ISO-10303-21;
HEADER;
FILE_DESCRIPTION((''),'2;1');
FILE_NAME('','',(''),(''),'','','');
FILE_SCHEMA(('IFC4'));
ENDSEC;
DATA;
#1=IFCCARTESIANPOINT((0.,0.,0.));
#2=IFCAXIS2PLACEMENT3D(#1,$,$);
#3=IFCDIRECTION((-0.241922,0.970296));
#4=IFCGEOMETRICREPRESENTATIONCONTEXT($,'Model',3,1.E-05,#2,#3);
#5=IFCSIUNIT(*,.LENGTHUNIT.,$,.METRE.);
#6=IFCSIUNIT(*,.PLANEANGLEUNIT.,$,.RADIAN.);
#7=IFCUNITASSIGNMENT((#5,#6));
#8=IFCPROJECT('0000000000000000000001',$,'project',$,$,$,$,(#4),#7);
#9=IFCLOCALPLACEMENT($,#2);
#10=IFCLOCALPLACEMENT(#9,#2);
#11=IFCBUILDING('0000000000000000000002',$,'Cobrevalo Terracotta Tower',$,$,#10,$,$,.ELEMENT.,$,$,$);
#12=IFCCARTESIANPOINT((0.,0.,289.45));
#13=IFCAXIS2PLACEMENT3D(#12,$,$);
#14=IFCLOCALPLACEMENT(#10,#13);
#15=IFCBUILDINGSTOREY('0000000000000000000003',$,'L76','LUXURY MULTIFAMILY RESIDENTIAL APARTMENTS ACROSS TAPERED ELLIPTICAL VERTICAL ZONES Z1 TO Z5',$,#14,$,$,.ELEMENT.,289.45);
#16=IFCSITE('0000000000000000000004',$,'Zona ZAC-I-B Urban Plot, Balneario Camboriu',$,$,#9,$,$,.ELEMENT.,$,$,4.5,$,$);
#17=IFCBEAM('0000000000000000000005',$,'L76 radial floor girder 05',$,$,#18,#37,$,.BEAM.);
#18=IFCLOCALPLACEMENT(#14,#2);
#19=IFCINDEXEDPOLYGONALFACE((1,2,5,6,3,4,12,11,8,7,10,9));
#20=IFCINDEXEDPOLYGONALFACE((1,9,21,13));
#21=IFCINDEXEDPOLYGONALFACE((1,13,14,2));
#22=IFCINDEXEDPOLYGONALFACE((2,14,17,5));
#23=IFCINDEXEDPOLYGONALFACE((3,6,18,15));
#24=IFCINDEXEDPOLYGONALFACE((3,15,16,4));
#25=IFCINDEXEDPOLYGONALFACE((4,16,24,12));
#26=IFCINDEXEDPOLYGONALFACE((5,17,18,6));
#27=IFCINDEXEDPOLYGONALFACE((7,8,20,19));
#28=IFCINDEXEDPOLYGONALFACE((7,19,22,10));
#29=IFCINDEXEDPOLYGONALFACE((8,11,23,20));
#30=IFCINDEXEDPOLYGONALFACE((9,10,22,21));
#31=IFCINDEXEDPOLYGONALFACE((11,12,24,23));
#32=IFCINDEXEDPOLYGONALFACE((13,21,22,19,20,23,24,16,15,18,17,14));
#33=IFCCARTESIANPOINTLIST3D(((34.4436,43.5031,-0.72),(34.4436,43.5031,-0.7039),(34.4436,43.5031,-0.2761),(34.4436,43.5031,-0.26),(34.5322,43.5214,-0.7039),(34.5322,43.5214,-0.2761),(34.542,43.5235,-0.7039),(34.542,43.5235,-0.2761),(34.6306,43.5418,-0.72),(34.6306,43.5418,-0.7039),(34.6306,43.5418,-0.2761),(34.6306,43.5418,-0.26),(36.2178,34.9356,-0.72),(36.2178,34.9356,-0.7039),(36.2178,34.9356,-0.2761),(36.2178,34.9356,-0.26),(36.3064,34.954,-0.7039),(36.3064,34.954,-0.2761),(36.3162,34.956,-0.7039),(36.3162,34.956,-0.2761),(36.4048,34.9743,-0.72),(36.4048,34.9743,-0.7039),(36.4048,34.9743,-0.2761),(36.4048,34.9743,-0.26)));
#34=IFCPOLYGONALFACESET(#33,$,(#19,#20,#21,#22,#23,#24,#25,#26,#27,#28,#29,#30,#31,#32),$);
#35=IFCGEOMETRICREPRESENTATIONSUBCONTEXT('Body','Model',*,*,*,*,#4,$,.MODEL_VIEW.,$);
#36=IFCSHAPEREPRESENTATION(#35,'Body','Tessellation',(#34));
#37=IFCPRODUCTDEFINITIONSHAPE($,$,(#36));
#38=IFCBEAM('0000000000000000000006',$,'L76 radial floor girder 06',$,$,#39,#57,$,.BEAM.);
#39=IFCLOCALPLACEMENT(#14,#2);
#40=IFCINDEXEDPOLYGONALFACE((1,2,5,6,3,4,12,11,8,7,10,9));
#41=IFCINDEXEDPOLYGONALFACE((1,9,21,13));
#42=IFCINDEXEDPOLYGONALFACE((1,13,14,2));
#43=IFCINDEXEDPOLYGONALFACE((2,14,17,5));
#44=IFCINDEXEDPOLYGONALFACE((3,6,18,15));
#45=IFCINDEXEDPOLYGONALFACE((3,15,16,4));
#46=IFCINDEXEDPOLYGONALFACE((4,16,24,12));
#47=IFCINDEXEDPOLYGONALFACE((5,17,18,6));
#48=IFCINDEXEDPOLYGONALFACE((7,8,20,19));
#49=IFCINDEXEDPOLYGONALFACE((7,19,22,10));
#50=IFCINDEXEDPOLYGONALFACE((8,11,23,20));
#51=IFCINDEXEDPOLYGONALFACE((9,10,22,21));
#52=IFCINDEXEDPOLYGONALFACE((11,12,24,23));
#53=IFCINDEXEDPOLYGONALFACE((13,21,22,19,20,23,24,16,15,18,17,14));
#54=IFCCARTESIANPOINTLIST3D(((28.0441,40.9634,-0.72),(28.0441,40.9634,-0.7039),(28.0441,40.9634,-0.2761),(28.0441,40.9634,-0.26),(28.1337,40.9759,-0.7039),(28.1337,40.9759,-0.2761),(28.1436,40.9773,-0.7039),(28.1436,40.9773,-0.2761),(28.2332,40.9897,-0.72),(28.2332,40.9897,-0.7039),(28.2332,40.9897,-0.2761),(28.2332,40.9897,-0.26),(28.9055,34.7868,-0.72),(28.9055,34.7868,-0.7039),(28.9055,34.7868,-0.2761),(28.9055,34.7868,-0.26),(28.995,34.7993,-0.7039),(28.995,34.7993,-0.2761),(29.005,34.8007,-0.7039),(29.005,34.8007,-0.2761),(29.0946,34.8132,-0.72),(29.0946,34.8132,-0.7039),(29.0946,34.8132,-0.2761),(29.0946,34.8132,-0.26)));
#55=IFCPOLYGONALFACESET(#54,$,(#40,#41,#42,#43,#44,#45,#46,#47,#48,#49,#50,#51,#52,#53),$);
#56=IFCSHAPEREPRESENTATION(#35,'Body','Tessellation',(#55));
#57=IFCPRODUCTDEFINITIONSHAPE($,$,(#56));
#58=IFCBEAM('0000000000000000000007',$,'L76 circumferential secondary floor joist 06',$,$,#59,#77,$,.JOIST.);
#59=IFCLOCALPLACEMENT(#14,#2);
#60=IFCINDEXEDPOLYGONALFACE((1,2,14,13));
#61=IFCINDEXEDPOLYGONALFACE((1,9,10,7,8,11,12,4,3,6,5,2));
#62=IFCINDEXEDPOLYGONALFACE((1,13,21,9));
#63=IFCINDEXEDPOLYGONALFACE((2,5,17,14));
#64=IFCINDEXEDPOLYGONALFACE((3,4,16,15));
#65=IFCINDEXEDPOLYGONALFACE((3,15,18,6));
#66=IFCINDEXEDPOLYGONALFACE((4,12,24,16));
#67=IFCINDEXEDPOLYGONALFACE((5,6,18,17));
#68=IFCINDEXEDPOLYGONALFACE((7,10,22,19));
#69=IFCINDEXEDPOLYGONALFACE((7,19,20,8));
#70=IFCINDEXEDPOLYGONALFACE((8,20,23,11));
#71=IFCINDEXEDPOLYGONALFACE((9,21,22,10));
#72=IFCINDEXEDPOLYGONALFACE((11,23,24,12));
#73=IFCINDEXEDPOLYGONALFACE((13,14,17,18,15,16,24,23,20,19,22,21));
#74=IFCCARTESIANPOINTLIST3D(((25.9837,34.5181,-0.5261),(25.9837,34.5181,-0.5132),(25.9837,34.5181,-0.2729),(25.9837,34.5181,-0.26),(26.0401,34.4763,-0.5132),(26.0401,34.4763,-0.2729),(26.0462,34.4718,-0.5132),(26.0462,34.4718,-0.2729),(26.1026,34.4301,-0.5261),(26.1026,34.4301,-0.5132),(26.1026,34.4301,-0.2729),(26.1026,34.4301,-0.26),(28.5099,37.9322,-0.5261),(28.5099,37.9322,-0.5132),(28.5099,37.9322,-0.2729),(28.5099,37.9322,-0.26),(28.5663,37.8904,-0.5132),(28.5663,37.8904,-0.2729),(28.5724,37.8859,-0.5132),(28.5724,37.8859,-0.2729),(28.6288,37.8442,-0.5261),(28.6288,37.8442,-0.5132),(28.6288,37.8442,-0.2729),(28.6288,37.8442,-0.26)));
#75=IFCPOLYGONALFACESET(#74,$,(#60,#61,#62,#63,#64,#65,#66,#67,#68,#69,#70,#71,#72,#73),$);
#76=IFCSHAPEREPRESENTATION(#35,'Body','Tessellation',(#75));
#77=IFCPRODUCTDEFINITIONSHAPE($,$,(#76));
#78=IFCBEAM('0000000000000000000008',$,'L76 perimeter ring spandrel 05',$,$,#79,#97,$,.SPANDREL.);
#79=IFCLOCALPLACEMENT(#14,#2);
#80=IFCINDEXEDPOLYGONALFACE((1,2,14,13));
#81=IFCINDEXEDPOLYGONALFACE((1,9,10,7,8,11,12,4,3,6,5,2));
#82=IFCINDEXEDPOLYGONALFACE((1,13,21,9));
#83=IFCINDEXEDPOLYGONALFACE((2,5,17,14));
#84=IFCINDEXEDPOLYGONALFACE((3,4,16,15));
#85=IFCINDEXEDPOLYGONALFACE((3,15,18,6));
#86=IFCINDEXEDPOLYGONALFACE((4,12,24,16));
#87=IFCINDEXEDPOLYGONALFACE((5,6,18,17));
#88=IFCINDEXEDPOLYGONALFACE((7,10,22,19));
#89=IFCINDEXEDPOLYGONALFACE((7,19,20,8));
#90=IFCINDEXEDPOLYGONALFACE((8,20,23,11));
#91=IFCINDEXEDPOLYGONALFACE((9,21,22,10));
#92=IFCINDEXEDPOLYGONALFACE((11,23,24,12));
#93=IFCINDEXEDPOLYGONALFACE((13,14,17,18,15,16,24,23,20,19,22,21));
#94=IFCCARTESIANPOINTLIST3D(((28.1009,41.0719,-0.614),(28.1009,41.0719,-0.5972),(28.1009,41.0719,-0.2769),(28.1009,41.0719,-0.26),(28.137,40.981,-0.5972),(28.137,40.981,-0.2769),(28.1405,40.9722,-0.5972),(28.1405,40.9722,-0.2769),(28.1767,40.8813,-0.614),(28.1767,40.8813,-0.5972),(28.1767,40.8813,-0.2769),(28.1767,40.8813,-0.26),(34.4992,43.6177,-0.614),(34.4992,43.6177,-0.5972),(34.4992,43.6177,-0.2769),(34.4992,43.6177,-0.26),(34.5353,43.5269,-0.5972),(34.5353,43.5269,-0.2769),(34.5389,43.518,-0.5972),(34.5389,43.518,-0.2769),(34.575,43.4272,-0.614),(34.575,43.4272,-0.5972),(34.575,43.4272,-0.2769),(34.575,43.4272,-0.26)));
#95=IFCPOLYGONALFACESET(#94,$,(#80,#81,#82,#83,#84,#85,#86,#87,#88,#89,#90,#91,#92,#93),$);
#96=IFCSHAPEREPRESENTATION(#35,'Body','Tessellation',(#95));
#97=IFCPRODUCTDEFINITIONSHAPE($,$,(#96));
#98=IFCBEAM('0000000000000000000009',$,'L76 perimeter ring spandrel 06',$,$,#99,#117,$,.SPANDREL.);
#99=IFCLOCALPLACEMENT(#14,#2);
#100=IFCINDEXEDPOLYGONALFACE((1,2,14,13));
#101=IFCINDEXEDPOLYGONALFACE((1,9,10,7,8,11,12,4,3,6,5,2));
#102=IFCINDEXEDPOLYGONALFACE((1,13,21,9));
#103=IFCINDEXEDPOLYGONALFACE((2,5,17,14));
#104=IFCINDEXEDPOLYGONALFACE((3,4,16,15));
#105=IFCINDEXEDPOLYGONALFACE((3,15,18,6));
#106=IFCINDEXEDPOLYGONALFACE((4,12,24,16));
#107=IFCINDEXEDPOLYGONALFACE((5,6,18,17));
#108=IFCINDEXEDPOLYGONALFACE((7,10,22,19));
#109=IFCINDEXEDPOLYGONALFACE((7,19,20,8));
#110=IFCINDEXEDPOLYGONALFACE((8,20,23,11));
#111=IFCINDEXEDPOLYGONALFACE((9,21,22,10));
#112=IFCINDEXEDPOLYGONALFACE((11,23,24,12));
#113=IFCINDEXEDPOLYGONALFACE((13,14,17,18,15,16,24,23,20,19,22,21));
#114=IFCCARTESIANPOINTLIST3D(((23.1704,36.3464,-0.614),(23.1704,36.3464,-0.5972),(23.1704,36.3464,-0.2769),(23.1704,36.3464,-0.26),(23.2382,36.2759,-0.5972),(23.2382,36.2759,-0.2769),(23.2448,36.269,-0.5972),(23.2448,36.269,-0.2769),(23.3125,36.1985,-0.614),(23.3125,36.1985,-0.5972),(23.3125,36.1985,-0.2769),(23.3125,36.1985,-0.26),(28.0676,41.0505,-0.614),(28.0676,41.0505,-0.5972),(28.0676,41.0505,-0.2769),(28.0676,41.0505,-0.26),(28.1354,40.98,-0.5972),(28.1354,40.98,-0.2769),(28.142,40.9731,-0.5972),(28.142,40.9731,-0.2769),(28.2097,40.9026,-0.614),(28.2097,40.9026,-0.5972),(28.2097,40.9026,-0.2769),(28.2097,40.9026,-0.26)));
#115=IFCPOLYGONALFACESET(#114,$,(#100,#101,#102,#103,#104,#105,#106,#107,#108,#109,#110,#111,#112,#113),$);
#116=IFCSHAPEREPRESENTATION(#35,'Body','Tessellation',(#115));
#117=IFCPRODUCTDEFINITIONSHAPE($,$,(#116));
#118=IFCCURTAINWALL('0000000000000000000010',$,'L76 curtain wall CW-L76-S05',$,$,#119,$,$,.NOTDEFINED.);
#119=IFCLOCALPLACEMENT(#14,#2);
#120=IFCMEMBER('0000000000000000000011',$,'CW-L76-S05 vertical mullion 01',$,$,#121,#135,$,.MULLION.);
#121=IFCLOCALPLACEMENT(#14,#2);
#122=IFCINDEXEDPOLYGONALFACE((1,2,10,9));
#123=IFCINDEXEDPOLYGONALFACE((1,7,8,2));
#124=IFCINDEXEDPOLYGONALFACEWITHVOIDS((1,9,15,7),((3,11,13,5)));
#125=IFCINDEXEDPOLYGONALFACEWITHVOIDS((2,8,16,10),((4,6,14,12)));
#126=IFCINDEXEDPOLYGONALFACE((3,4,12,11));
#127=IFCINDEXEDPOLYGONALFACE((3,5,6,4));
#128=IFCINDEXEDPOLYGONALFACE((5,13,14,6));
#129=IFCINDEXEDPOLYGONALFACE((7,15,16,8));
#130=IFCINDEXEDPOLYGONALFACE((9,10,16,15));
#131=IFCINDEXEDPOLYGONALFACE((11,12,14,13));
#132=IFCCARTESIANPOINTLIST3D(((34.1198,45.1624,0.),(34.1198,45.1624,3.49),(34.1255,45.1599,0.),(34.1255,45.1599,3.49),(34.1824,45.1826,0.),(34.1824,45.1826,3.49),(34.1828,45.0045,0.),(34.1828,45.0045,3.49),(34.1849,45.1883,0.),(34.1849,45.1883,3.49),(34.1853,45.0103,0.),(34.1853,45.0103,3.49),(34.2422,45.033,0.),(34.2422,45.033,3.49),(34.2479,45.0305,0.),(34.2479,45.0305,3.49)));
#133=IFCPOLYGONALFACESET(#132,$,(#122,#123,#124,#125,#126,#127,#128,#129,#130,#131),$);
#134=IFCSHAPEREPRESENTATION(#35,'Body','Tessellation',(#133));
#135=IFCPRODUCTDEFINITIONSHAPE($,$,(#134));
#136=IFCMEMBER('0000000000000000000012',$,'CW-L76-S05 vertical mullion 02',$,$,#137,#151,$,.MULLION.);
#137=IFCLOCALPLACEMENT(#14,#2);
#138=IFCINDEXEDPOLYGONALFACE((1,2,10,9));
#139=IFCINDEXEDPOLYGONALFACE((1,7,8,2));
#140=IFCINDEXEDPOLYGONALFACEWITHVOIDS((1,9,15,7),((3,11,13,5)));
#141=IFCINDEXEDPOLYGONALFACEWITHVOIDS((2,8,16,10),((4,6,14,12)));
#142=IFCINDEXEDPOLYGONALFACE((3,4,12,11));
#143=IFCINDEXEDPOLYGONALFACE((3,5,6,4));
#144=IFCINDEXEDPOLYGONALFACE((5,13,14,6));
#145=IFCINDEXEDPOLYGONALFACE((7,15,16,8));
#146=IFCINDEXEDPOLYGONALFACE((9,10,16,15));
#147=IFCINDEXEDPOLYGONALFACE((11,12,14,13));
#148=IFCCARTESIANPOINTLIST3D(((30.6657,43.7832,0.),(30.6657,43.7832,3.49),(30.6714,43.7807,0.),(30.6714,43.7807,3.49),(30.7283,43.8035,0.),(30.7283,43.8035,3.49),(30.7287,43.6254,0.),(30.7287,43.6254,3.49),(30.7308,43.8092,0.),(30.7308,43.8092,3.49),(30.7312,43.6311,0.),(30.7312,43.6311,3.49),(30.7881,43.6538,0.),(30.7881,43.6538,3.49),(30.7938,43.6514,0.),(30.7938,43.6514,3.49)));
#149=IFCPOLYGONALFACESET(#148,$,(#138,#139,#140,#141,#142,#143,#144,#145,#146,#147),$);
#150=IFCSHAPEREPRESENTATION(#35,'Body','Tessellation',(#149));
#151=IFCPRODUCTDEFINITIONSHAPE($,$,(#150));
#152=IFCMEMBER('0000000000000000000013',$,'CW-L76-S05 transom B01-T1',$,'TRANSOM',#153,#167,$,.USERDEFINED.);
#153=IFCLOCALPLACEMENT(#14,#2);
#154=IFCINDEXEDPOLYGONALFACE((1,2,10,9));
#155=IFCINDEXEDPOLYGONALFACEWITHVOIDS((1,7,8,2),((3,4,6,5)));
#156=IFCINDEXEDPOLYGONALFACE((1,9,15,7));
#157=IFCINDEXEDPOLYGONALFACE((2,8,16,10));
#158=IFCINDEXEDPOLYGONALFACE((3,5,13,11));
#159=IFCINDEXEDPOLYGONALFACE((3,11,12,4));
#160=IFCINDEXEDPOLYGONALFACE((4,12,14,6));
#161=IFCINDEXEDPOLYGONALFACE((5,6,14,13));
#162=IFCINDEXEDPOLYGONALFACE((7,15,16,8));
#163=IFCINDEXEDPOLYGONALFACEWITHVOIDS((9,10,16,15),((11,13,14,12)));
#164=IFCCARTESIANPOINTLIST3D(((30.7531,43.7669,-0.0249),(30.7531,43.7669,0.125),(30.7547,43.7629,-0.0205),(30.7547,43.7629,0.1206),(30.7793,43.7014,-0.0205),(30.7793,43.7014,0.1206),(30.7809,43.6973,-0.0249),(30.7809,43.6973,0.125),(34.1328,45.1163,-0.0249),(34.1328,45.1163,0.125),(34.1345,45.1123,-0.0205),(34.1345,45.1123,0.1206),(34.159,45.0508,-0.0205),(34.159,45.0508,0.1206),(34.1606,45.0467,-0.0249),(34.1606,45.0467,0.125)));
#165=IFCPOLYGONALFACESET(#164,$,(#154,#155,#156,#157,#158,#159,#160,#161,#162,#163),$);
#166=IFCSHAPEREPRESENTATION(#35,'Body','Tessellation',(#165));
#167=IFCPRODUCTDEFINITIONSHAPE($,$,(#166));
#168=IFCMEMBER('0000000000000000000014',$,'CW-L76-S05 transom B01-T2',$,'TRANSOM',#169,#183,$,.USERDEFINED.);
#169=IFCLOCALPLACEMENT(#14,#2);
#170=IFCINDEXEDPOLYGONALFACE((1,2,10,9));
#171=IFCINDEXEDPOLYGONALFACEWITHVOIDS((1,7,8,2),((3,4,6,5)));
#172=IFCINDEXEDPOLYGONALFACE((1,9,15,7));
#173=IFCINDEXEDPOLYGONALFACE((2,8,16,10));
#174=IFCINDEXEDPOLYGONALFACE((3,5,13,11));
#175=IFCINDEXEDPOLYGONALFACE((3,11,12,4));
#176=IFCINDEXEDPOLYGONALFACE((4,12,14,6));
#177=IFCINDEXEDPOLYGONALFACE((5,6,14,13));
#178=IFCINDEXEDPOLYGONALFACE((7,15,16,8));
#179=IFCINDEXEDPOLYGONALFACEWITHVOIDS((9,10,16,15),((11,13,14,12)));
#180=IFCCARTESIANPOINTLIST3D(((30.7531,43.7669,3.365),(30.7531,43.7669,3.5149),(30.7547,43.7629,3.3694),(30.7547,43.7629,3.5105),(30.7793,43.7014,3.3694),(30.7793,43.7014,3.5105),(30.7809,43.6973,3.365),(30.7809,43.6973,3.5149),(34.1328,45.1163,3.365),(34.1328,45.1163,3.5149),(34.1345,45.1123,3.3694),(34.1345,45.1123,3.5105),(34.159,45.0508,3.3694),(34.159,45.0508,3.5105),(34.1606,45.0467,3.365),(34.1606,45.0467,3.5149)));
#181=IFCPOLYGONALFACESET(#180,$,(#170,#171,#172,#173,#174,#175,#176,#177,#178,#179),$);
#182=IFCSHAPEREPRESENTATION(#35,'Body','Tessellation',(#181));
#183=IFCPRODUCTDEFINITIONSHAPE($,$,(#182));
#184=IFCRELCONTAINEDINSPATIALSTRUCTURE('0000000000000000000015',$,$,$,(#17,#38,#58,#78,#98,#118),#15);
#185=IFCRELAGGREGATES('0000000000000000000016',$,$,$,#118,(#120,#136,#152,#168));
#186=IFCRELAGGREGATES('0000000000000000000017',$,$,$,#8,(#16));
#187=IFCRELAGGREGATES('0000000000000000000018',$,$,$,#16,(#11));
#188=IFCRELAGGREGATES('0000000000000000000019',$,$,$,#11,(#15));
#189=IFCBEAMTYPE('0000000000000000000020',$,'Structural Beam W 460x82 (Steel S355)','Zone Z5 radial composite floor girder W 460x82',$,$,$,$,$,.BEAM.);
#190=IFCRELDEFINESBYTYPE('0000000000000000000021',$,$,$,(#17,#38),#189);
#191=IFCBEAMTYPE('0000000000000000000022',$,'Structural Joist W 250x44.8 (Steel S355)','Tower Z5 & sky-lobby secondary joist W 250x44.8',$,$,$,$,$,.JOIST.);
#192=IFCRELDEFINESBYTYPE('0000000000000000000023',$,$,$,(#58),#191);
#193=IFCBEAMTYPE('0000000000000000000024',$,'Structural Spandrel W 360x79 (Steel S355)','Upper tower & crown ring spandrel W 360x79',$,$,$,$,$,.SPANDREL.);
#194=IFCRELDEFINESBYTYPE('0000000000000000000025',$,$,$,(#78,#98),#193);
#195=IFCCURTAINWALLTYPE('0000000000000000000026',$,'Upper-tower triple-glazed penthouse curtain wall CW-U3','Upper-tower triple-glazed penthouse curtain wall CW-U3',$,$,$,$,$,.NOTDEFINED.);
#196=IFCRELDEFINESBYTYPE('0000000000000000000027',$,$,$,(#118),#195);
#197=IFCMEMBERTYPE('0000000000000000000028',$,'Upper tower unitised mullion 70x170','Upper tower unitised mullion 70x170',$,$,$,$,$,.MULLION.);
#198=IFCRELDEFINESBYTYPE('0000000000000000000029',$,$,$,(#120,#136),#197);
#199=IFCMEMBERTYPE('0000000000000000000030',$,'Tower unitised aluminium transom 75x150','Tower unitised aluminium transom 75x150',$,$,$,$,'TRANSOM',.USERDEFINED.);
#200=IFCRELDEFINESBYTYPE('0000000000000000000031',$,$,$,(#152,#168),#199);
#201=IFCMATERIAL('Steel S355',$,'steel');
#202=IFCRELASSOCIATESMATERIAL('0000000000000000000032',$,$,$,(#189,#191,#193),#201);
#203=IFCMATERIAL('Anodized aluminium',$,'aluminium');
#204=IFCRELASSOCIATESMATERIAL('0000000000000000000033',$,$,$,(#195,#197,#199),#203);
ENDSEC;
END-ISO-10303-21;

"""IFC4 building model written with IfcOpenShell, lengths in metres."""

from ifc_helpers import new_model, si_unit, direction, frame, origin, origin_2d, place, context, subcontext, project, spatial, hollow_rectangle, i_section, extrude, source, transform, mapped, material, material_profile, profile_set, type_object, element, aggregate, save


model = new_model("IFC4")

# Units and contexts
model_context = context("Model", 3, precision=1e-05, world=origin(), true_north=direction((-0.241922, 0.970296)))
body_context = subcontext(model_context, "Body", "Model", "MODEL_VIEW")
ifc_project = project(units=[si_unit("LENGTHUNIT", "METRE"), si_unit("PLANEANGLEUNIT", "RADIAN")], contexts=[model_context])

# Site, building, storey
site_placement = place(None, origin())
site = spatial("IfcSite", under=ifc_project, at=site_placement, Name="Zona ZAC-I-B Urban Plot, Balneario Camboriu", CompositionType="ELEMENT", RefElevation=4.5)
building_placement = place(site_placement, origin())
building = spatial("IfcBuilding", under=site, at=building_placement, Name="Cobrevalo Terracotta Tower", CompositionType="ELEMENT")
storey_placement = place(building_placement, frame((0.0, 0.0, 289.45)))
storey = spatial("IfcBuildingStorey", under=building, at=storey_placement, Name="L76", Description="LUXURY MULTIFAMILY RESIDENTIAL APARTMENTS ACROSS TAPERED ELLIPTICAL VERTICAL ZONES Z1 TO Z5", CompositionType="ELEMENT", Elevation=289.45)

# Shared definitions
ifc_material_1 = material(Name="Steel S355", Category="steel")

# Beams
ifc_material_profile_1 = material_profile(ifc_material_1, i_section(OverallWidth=0.1909, OverallDepth=0.46, WebThickness=0.01, FlangeThickness=0.0161, at=origin_2d()), Name="W 460x82")
ifc_profile_set_1 = profile_set([ifc_material_profile_1], Name="Steel S355")
beam_type_1 = type_object("IfcBeamType", Name="Structural Beam W 460x82 (Steel S355)", Description="Zone Z5 radial composite floor girder W 460x82", PredefinedType="BEAM", material=ifc_profile_set_1)
beam_1_placement = place(storey_placement, frame((34.5371, 43.5225, -0.49), z_axis=(0.202782, -0.979224, 0.0), x_axis=(0.979224, 0.202782, 0.0)))
element("IfcBeam", 1, at=beam_1_placement, inside=storey, type_object=beam_type_1, Name="L76 radial floor girder 05", PredefinedType="BEAM", context=body_context, shape_type="SweptSolid", body=[
    extrude(i_section(OverallWidth=0.1909, OverallDepth=0.46, WebThickness=0.01, FlangeThickness=0.0161, at=origin_2d()), origin(), (0.0, 0.0, 1.0), 8.7493),
])
beam_2_placement = place(storey_placement, frame((28.1387, 40.9766, -0.49), z_axis=(0.138116, -0.990416, 0.0), x_axis=(0.990416, 0.138116, 0.0)))
element("IfcBeam", 2, at=beam_2_placement, inside=storey, type_object=beam_type_1, Name="L76 radial floor girder 06", PredefinedType="BEAM", context=body_context, shape_type="SweptSolid", body=[
    extrude(i_section(OverallWidth=0.1909, OverallDepth=0.46, WebThickness=0.01, FlangeThickness=0.0161, at=origin_2d()), origin(), (0.0, 0.0, 1.0), 6.2363),
])
ifc_material_profile_2 = material_profile(ifc_material_1, i_section(OverallWidth=0.1479, OverallDepth=0.2661, WebThickness=0.0076, FlangeThickness=0.0129, at=origin_2d()), Name="W 250x44.8")
ifc_profile_set_2 = profile_set([ifc_material_profile_2], Name="Steel S355")
beam_type_2 = type_object("IfcBeamType", Name="Structural Joist W 250x44.8 (Steel S355)", Description="Tower Z5 & sky-lobby secondary joist W 250x44.8", PredefinedType="JOIST", material=ifc_profile_set_2)
beam_3_placement = place(storey_placement, frame((28.5693, 37.8882, -0.3931), z_axis=(-0.5948, -0.803874, 0.0), x_axis=(0.803874, -0.5948, 0.0)))
element("IfcBeam", 3, at=beam_3_placement, inside=storey, type_object=beam_type_2, Name="L76 circumferential secondary floor joist 06", PredefinedType="JOIST", context=body_context, shape_type="SweptSolid", body=[
    extrude(i_section(OverallWidth=0.1479, OverallDepth=0.2661, WebThickness=0.0076, FlangeThickness=0.0129, at=origin_2d()), origin(), (0.0, 0.0, 1.0), 4.2471),
])
ifc_material_profile_3 = material_profile(ifc_material_1, i_section(OverallWidth=0.2051, OverallDepth=0.354, WebThickness=0.0095, FlangeThickness=0.0168, at=origin_2d()), Name="W 360x79")
ifc_profile_set_3 = profile_set([ifc_material_profile_3], Name="Steel S355")
beam_type_3 = type_object("IfcBeamType", Name="Structural Spandrel W 360x79 (Steel S355)", Description="Upper tower & crown ring spandrel W 360x79", PredefinedType="SPANDREL", material=ifc_profile_set_3)
beam_4_placement = place(storey_placement, frame((34.5371, 43.5225, -0.437), z_axis=(-0.92915, -0.369703, 0.0), x_axis=(0.369703, -0.92915, 0.0)))
element("IfcBeam", 4, at=beam_4_placement, inside=storey, type_object=beam_type_3, Name="L76 perimeter ring spandrel 05", PredefinedType="SPANDREL", context=body_context, shape_type="SweptSolid", body=[
    extrude(i_section(OverallWidth=0.2051, OverallDepth=0.354, WebThickness=0.0095, FlangeThickness=0.0168, at=origin_2d()), origin(), (0.0, 0.0, 1.0), 6.8862),
])
beam_5_placement = place(storey_placement, frame((28.1387, 40.9766, -0.437), z_axis=(-0.721183, -0.692744, 0.0), x_axis=(0.692744, -0.721183, 0.0)))
element("IfcBeam", 5, at=beam_5_placement, inside=storey, type_object=beam_type_3, Name="L76 perimeter ring spandrel 06", PredefinedType="SPANDREL", context=body_context, shape_type="SweptSolid", body=[
    extrude(i_section(OverallWidth=0.2051, OverallDepth=0.354, WebThickness=0.0095, FlangeThickness=0.0168, at=origin_2d()), origin(), (0.0, 0.0, 1.0), 6.7905),
])

# Curtain wall, members
ifc_material_2 = material(Name="Anodized aluminium", Category="aluminium")
curtain_wall_type = type_object("IfcCurtainWallType", Name="Upper-tower triple-glazed penthouse curtain wall CW-U3", Description="Upper-tower triple-glazed penthouse curtain wall CW-U3", PredefinedType="NOTDEFINED", material=ifc_material_2)
curtain_wall_placement = place(storey_placement, origin())
curtain_wall = element("IfcCurtainWall", 6, at=curtain_wall_placement, inside=storey, type_object=curtain_wall_type, Name="L76 curtain wall CW-L76-S05", PredefinedType="NOTDEFINED")
ifc_material_profile_4 = material_profile(ifc_material_2, hollow_rectangle(XDim=0.0701, YDim=0.1699, WallThickness=0.0044, at=origin_2d()), Name="CWM 70x170")
ifc_profile_set_4 = profile_set([ifc_material_profile_4], Name="Anodized aluminium")
member_type_1 = type_object("IfcMemberType", Name="Upper tower unitised mullion 70x170", Description="Upper tower unitised mullion 70x170", PredefinedType="MULLION", material=ifc_profile_set_4)
shared_shape_1 = source(origin(), body_context, "Body", "SweptSolid", [
    extrude(hollow_rectangle(XDim=0.0701, YDim=0.1699, WallThickness=0.0044, at=origin_2d()), origin(), (0.0, 0.0, 1.0), 3.49),
])
member_1_placement = place(storey_placement, frame((34.1838, 45.0964, 0.0), z_axis=(0.0, 0.0, 1.0), x_axis=(-0.928719, -0.370784, 0.0)))
member_1 = element("IfcMember", 7, at=member_1_placement, type_object=member_type_1, Name="CW-L76-S05 vertical mullion 01", PredefinedType="MULLION", context=body_context, shape_type="MappedRepresentation", body=[
    mapped(shared_shape_1, transform((0.0, 0.0, 0.0), scale=1.0)),
])
member_2_placement = place(storey_placement, frame((30.7297, 43.7173, 0.0), z_axis=(0.0, 0.0, 1.0), x_axis=(-0.928719, -0.370784, 0.0)))
member_2 = element("IfcMember", 8, at=member_2_placement, type_object=member_type_1, Name="CW-L76-S05 vertical mullion 02", PredefinedType="MULLION", context=body_context, shape_type="MappedRepresentation", body=[
    mapped(shared_shape_1, transform((0.0, 0.0, 0.0), scale=1.0)),
])
ifc_material_profile_5 = material_profile(ifc_material_2, hollow_rectangle(XDim=0.075, YDim=0.1499, WallThickness=0.0044, at=origin_2d()), Name="CWT 75x150")
ifc_profile_set_5 = profile_set([ifc_material_profile_5], Name="Anodized aluminium")
member_type_2 = type_object("IfcMemberType", Name="Tower unitised aluminium transom 75x150", Description="Tower unitised aluminium transom 75x150", ElementType="TRANSOM", PredefinedType="USERDEFINED", material=ifc_profile_set_5)
shared_shape_2 = source(origin(), body_context, "Body", "SweptSolid", [
    extrude(hollow_rectangle(XDim=0.075, YDim=0.1499, WallThickness=0.0044, at=origin_2d()), origin(), (0.0, 0.0, 1.0), 3.6392),
])
member_3_placement = place(storey_placement, frame((34.1467, 45.0815, 0.05), z_axis=(-0.928712, -0.370801, 0.0), x_axis=(0.370801, -0.928712, 0.0)))
member_3 = element("IfcMember", 9, at=member_3_placement, type_object=member_type_2, Name="CW-L76-S05 transom B01-T1", ObjectType="TRANSOM", PredefinedType="USERDEFINED", context=body_context, shape_type="MappedRepresentation", body=[
    mapped(shared_shape_2, transform((0.0, 0.0, 0.0), scale=1.0)),
])
member_4_placement = place(storey_placement, frame((34.1467, 45.0815, 3.4399), z_axis=(-0.928712, -0.370801, 0.0), x_axis=(0.370801, -0.928712, 0.0)))
member_4 = element("IfcMember", 10, at=member_4_placement, type_object=member_type_2, Name="CW-L76-S05 transom B01-T2", ObjectType="TRANSOM", PredefinedType="USERDEFINED", context=body_context, shape_type="MappedRepresentation", body=[
    mapped(shared_shape_2, transform((0.0, 0.0, 0.0), scale=1.0)),
])
aggregate(curtain_wall, [member_1, member_2, member_3, member_4])

save(model, "model.ifc")
